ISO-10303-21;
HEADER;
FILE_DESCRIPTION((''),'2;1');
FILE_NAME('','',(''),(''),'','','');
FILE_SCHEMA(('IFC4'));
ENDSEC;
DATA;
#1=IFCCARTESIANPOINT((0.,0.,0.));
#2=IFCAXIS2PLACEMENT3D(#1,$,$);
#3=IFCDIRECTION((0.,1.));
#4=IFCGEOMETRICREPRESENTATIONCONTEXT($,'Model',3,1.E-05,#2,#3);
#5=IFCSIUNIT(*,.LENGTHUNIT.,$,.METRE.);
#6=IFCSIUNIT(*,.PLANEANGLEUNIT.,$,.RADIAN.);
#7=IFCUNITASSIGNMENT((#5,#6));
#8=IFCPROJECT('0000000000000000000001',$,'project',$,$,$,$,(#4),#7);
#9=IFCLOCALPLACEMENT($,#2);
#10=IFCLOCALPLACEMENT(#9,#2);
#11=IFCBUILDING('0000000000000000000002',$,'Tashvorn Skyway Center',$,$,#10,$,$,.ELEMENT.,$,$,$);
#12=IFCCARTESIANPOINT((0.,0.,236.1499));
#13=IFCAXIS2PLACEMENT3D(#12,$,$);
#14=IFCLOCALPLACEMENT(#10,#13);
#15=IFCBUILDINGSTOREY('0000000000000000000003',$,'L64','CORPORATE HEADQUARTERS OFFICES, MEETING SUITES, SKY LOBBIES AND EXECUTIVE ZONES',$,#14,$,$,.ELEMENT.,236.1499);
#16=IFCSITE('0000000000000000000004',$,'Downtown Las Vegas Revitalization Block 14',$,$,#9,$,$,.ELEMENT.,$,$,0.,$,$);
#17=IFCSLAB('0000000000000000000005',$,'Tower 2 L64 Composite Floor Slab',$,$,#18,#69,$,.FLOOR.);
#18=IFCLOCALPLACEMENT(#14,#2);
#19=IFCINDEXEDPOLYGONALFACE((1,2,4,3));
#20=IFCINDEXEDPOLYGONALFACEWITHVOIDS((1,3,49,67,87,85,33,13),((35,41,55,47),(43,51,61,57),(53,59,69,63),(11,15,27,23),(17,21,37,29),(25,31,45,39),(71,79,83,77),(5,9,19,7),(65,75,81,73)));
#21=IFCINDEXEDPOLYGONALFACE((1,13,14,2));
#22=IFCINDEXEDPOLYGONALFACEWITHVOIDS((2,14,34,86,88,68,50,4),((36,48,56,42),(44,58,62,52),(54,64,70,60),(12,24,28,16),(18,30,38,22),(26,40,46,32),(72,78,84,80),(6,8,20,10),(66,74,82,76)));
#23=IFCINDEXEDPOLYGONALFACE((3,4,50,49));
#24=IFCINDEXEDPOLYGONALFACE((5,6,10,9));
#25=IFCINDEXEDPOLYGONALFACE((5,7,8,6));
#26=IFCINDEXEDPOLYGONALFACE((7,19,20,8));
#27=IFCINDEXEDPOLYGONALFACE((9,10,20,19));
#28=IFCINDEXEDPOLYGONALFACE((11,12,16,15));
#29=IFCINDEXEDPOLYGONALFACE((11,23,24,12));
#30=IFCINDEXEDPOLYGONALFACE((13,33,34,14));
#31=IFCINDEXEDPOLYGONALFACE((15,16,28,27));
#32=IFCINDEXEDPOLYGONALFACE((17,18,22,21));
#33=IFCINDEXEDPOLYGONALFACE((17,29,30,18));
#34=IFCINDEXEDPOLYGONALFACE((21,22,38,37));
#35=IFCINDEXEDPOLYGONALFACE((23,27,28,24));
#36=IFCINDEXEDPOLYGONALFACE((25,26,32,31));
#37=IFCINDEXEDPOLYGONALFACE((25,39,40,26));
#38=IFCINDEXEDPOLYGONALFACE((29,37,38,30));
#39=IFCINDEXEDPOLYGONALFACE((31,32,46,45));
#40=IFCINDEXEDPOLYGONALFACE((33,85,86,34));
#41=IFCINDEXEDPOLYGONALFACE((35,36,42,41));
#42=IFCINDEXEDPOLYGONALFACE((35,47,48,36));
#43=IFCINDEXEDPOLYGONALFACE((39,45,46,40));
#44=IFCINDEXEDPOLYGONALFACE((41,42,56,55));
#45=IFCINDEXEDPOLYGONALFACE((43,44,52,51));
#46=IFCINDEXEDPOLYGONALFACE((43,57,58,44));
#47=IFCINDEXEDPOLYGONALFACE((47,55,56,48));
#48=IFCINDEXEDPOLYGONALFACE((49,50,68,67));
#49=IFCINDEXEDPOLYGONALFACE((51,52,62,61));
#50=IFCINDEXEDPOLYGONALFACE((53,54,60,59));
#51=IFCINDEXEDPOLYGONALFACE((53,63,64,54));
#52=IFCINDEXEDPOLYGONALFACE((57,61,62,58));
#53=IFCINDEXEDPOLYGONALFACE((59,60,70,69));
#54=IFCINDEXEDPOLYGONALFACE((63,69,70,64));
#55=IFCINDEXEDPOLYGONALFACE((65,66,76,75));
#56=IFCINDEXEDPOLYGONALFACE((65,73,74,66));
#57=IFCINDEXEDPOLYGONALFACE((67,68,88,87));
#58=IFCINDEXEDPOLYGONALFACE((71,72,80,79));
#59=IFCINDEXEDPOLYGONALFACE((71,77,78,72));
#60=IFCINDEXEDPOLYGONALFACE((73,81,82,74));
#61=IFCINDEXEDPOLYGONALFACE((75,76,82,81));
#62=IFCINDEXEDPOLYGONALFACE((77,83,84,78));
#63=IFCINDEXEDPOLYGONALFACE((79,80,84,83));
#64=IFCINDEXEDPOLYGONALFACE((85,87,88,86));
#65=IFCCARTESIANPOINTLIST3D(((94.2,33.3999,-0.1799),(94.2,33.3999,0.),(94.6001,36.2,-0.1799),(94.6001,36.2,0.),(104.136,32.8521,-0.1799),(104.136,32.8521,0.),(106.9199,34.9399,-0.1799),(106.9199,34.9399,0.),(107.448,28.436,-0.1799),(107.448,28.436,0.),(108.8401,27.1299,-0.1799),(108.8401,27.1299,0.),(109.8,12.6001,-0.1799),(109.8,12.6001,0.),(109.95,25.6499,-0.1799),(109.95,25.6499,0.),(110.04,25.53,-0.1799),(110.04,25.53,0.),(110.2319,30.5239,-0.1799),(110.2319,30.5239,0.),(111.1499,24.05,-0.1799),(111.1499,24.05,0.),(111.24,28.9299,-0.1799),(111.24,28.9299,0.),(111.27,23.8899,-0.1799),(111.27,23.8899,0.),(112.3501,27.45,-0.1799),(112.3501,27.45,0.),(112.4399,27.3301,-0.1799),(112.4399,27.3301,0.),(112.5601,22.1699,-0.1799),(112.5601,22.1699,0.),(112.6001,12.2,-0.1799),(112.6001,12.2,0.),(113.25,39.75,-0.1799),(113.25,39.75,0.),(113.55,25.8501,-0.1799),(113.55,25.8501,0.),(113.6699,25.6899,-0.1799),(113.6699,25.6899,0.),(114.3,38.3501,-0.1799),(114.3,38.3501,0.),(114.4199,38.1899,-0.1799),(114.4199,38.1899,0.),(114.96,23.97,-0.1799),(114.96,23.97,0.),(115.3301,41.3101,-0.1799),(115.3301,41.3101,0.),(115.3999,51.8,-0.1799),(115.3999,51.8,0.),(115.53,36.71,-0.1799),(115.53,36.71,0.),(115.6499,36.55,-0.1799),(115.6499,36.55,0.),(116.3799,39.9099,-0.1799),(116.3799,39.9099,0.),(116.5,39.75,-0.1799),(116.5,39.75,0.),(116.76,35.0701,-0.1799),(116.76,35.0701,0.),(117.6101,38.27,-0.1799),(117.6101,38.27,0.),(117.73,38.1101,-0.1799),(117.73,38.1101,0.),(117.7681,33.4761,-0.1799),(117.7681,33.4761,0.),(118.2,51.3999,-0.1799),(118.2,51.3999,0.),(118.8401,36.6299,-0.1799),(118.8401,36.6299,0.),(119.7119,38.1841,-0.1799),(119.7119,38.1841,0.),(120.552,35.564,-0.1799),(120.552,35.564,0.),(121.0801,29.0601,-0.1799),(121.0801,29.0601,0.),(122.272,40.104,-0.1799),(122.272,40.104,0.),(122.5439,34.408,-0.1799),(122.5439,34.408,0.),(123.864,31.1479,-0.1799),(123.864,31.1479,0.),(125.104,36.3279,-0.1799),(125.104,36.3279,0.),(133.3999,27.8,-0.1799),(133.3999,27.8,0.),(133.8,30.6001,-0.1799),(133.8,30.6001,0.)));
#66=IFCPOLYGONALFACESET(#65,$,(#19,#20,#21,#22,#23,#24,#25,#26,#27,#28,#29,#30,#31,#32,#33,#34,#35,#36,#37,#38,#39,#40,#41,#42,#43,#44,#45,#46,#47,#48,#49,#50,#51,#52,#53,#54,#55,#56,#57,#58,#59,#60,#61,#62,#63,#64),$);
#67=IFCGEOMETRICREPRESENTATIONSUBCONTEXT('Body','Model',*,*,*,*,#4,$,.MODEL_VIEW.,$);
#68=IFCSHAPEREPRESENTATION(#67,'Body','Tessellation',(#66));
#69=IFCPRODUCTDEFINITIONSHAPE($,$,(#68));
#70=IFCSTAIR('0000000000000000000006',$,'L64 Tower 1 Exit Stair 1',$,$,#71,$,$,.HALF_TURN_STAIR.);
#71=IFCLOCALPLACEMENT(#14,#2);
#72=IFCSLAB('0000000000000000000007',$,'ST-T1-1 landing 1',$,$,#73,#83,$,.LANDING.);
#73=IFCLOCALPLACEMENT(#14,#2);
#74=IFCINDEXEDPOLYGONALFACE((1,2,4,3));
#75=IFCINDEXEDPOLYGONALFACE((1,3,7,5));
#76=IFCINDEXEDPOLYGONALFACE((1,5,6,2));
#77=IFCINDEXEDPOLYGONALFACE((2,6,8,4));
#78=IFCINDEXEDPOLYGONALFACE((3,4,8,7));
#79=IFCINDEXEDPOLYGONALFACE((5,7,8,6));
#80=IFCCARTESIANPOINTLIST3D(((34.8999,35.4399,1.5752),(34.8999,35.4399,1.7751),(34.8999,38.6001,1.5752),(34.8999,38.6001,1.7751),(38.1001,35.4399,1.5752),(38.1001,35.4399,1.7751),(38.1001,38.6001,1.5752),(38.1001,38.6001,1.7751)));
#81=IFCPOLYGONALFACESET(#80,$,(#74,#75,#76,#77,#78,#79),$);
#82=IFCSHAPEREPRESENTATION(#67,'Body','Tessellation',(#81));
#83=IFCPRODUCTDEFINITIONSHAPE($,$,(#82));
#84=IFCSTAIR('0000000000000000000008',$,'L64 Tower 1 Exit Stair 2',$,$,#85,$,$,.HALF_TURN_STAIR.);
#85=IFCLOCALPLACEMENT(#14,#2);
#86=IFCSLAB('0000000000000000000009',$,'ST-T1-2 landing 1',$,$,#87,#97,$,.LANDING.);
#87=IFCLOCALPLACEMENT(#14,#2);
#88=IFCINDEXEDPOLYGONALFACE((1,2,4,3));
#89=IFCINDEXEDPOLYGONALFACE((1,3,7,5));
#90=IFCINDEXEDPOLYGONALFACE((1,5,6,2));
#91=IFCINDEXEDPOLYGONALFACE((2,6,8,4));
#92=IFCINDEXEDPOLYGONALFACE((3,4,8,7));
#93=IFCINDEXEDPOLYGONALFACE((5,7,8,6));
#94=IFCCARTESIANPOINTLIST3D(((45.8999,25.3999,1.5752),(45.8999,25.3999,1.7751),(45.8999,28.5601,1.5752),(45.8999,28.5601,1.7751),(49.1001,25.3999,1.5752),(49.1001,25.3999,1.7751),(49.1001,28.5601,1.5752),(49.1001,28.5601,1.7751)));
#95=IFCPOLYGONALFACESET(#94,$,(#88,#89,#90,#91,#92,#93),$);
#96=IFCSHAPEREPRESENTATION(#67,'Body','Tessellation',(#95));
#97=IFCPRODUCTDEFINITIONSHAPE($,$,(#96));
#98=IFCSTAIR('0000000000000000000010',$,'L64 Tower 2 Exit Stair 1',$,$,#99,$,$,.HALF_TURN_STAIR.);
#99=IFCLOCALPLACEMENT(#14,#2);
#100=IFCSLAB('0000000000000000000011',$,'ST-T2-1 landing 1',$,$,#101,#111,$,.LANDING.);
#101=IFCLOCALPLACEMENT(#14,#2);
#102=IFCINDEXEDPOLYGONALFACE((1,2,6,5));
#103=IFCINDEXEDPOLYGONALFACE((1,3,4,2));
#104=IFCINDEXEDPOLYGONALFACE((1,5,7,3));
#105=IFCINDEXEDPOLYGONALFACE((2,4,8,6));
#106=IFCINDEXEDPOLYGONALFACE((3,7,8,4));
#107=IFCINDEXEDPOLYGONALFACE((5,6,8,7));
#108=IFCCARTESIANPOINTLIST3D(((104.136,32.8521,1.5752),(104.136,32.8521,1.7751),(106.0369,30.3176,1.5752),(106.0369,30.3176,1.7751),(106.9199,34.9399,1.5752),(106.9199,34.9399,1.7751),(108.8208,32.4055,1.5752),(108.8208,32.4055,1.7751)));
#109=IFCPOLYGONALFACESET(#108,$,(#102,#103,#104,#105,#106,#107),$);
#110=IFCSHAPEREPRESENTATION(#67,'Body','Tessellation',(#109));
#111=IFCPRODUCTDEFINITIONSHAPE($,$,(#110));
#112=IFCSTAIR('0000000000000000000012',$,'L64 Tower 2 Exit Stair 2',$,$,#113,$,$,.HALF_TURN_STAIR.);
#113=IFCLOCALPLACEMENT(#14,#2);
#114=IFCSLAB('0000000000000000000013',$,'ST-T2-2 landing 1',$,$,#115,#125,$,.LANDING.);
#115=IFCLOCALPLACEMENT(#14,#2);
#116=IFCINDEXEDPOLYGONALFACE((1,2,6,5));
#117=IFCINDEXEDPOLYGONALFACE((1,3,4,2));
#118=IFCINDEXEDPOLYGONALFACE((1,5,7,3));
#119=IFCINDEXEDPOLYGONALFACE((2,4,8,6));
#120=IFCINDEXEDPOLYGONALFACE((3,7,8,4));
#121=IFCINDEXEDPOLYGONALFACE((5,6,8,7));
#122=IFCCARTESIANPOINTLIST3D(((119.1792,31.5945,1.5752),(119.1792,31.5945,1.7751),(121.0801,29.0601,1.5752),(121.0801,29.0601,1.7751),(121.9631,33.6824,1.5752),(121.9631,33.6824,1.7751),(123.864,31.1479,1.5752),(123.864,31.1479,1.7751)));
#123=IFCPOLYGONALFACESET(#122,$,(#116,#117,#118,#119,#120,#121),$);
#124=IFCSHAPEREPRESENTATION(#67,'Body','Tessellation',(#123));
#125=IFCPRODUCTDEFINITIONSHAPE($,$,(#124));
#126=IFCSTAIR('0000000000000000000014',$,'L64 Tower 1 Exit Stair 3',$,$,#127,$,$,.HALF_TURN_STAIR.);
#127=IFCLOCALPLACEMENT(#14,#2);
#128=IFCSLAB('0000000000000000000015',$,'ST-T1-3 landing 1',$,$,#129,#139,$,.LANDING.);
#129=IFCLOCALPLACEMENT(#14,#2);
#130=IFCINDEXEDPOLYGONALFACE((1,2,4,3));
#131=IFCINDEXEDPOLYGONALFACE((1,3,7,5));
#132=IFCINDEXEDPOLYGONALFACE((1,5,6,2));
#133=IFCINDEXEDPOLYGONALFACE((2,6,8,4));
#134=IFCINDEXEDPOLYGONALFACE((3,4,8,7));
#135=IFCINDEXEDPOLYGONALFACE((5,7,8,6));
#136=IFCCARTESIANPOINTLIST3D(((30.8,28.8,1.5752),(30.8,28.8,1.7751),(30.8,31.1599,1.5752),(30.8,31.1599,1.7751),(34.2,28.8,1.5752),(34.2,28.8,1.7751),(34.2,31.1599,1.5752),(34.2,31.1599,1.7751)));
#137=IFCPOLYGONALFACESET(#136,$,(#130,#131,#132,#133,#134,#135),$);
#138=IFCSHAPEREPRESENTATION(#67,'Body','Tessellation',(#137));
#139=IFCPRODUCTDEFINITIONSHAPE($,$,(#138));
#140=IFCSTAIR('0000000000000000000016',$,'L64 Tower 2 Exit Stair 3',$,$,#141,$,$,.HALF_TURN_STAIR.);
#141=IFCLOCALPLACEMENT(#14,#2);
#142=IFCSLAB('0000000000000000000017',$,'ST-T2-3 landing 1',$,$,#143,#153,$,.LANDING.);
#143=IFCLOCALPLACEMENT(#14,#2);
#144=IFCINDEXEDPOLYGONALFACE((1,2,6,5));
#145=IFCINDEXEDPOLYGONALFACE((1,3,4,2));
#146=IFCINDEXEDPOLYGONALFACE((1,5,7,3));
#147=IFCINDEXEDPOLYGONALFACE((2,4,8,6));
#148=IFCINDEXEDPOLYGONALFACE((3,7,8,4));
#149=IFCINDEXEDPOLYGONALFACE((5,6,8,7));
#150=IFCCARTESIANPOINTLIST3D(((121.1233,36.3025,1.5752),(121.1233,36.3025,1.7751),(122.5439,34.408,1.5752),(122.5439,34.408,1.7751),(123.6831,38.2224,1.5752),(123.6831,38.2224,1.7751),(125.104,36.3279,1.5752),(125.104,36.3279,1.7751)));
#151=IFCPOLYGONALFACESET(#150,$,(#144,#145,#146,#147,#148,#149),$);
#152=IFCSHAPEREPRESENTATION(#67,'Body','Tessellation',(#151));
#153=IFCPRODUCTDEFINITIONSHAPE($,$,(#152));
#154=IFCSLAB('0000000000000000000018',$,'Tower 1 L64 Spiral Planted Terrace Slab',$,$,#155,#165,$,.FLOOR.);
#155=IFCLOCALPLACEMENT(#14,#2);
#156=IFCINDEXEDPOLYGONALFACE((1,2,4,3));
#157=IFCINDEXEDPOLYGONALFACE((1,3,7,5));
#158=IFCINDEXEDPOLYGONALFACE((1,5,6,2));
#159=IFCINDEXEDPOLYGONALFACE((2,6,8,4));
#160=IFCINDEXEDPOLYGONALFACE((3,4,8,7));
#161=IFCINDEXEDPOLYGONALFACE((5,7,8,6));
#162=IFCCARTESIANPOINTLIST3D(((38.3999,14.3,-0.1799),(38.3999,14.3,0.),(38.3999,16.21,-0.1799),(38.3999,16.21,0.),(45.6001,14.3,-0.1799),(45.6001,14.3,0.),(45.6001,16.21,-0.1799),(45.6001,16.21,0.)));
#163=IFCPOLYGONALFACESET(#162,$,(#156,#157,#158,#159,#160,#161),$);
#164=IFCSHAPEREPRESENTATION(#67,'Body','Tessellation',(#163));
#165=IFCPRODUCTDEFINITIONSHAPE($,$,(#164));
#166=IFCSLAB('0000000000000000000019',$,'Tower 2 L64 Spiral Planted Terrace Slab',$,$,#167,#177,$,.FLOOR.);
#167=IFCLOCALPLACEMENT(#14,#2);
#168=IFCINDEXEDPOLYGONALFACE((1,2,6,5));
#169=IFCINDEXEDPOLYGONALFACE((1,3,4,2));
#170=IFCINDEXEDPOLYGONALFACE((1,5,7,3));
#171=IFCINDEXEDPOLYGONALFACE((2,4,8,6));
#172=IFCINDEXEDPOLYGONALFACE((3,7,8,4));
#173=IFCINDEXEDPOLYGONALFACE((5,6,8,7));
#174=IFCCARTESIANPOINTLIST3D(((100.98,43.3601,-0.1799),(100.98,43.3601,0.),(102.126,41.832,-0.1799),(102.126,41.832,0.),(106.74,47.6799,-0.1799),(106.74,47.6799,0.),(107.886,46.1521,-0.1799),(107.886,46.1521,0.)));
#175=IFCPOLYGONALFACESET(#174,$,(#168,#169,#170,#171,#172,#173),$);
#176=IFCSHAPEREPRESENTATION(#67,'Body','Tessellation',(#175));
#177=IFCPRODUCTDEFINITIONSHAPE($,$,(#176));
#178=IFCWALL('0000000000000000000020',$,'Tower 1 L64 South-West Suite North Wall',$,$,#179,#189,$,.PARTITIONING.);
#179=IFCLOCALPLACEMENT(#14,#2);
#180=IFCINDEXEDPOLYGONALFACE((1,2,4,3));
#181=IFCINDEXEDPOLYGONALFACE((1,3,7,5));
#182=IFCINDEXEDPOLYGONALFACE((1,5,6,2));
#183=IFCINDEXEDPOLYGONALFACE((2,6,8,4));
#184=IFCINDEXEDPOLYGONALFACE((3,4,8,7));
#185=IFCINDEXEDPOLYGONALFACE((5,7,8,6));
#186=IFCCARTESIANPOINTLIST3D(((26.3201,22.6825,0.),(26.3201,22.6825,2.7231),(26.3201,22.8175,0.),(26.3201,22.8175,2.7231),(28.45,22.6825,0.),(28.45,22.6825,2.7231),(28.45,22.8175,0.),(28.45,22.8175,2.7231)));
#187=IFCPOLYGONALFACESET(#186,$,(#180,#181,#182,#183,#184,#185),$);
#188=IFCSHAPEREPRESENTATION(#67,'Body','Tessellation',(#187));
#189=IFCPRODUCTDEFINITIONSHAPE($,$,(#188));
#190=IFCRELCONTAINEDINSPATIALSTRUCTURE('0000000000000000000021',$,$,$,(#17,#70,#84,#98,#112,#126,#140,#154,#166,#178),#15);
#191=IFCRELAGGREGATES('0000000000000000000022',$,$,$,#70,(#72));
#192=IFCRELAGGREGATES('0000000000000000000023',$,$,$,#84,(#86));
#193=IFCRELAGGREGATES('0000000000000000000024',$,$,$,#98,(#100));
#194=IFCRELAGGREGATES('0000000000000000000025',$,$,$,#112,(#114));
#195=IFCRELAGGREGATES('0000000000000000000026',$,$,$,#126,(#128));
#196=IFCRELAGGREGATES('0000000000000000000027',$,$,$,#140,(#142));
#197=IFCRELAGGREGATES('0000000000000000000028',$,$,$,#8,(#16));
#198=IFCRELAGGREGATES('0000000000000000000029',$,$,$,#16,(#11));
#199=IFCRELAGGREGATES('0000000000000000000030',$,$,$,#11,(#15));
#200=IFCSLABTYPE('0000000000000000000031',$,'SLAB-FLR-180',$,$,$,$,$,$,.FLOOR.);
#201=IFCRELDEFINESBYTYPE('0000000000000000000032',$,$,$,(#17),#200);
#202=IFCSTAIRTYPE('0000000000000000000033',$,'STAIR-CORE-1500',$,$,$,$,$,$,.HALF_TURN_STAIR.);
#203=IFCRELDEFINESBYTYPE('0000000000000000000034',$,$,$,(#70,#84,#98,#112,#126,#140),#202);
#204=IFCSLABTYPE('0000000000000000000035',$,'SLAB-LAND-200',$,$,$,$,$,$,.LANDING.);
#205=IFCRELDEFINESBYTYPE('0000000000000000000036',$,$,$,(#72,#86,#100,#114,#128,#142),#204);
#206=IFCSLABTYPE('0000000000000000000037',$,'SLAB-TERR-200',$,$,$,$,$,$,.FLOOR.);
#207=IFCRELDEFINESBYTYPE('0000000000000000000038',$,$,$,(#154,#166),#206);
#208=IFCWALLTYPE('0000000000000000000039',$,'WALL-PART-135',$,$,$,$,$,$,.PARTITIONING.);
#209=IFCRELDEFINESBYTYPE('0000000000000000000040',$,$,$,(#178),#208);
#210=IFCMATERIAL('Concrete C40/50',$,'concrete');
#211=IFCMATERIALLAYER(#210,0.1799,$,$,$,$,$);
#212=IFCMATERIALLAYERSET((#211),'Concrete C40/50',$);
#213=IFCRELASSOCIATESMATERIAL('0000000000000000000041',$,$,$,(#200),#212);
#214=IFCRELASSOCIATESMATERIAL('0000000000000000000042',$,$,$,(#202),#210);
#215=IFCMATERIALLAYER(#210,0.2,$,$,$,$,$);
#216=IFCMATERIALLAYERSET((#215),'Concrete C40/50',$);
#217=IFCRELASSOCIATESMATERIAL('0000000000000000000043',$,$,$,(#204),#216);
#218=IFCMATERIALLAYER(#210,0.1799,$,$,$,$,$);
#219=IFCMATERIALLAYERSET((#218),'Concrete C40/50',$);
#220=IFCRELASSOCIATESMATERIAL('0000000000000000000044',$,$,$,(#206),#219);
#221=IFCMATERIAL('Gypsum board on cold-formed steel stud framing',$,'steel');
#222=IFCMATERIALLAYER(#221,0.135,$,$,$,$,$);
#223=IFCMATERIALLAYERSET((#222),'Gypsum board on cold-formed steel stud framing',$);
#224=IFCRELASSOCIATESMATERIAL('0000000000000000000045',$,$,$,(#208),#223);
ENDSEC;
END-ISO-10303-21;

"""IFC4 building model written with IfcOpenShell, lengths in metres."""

from ifc_helpers import new_model, si_unit, direction, frame, frame_2d, origin, place, context, subcontext, project, spatial, polyline, rectangle, outline, extrude, material, layer, layer_set, type_object, element, aggregate, save


model = new_model("IFC4")

# Units and contexts
model_context = context("Model", 3, precision=1e-05, world=origin(), true_north=direction((0.0, 1.0)))
body_context = subcontext(model_context, "Body", "Model", "MODEL_VIEW")
ifc_project = project(units=[si_unit("LENGTHUNIT", "METRE"), si_unit("PLANEANGLEUNIT", "RADIAN")], contexts=[model_context])

# Site, building, storey
site_placement = place(None, origin())
site = spatial("IfcSite", under=ifc_project, at=site_placement, Name="Downtown Las Vegas Revitalization Block 14", CompositionType="ELEMENT", RefElevation=0.0)
building_placement = place(site_placement, origin())
building = spatial("IfcBuilding", under=site, at=building_placement, Name="Tashvorn Skyway Center", CompositionType="ELEMENT")
storey_placement = place(building_placement, frame((0.0, 0.0, 236.1499)))
storey = spatial("IfcBuildingStorey", under=building, at=storey_placement, Name="L64", Description="CORPORATE HEADQUARTERS OFFICES, MEETING SUITES, SKY LOBBIES AND EXECUTIVE ZONES", CompositionType="ELEMENT", Elevation=236.1499)

# Slab
ifc_material_1 = material(Name="Concrete C40/50", Category="concrete")
ifc_layer_1 = layer(ifc_material_1, 0.1799)
ifc_layer_set_1 = layer_set([ifc_layer_1], Name="Concrete C40/50")
slab_type_1 = type_object("IfcSlabType", Name="SLAB-FLR-180", PredefinedType="FLOOR", material=ifc_layer_set_1)
slab_1_placement = place(storey_placement, frame((0.0, 0.0, -0.1799)))
element("IfcSlab", 1, at=slab_1_placement, inside=storey, type_object=slab_type_1, Name="Tower 2 L64 Composite Floor Slab", PredefinedType="FLOOR", context=body_context, shape_type="SweptSolid", body=[
    extrude(outline(polyline([(112.6001, 12.2), (133.3999, 27.8), (133.8, 30.6001), (118.2, 51.3999), (115.3999, 51.8), (94.6001, 36.2), (94.2, 33.3999), (109.8, 12.6001), (112.6001, 12.2)]), holes=[polyline([(110.2319, 30.5239), (106.9199, 34.9399), (104.136, 32.8521), (107.448, 28.436), (110.2319, 30.5239)]), polyline([(117.7681, 33.4761), (121.0801, 29.0601), (123.864, 31.1479), (120.552, 35.564), (117.7681, 33.4761)]), polyline([(119.7119, 38.1841), (122.5439, 34.408), (125.104, 36.3279), (122.272, 40.104), (119.7119, 38.1841)]), polyline([(109.95, 25.6499), (112.3501, 27.45), (111.24, 28.9299), (108.8401, 27.1299), (109.95, 25.6499)]), polyline([(111.1499, 24.05), (113.55, 25.8501), (112.4399, 27.3301), (110.04, 25.53), (111.1499, 24.05)]), polyline([(112.5601, 22.1699), (114.96, 23.97), (113.6699, 25.6899), (111.27, 23.8899), (112.5601, 22.1699)]), polyline([(116.76, 35.0701), (118.8401, 36.6299), (117.73, 38.1101), (115.6499, 36.55), (116.76, 35.0701)]), polyline([(115.53, 36.71), (117.6101, 38.27), (116.5, 39.75), (114.4199, 38.1899), (115.53, 36.71)]), polyline([(114.3, 38.3501), (116.3799, 39.9099), (115.3301, 41.3101), (113.25, 39.75), (114.3, 38.3501)])]), origin(), (0.0, 0.0, 1.0), 0.1799),
])

# Stairs, slabs
stair_type = type_object("IfcStairType", Name="STAIR-CORE-1500", PredefinedType="HALF_TURN_STAIR", material=ifc_material_1)
stair_1_placement = place(storey_placement, origin())
stair_1 = element("IfcStair", 2, at=stair_1_placement, inside=storey, type_object=stair_type, Name="L64 Tower 1 Exit Stair 1", PredefinedType="HALF_TURN_STAIR")
ifc_layer_2 = layer(ifc_material_1, 0.2)
ifc_layer_set_2 = layer_set([ifc_layer_2], Name="Concrete C40/50")
slab_type_2 = type_object("IfcSlabType", Name="SLAB-LAND-200", PredefinedType="LANDING", material=ifc_layer_set_2)
slab_2_placement = place(storey_placement, frame((0.0, 0.0, 1.5752)))
slab_2 = element("IfcSlab", 3, at=slab_2_placement, type_object=slab_type_2, Name="ST-T1-1 landing 1", PredefinedType="LANDING", context=body_context, shape_type="SweptSolid", body=[
    extrude(outline(polyline([(38.1001, 35.4399), (38.1001, 38.6001), (34.8999, 38.6001), (34.8999, 35.4399), (38.1001, 35.4399)])), origin(), (0.0, 0.0, 1.0), 0.2),
])
aggregate(stair_1, [slab_2])
stair_2_placement = place(storey_placement, origin())
stair_2 = element("IfcStair", 4, at=stair_2_placement, inside=storey, type_object=stair_type, Name="L64 Tower 1 Exit Stair 2", PredefinedType="HALF_TURN_STAIR")
slab_3_placement = place(storey_placement, frame((0.0, 0.0, 1.5752)))
slab_3 = element("IfcSlab", 5, at=slab_3_placement, type_object=slab_type_2, Name="ST-T1-2 landing 1", PredefinedType="LANDING", context=body_context, shape_type="SweptSolid", body=[
    extrude(outline(polyline([(45.8999, 28.5601), (45.8999, 25.3999), (49.1001, 25.3999), (49.1001, 28.5601), (45.8999, 28.5601)])), origin(), (0.0, 0.0, 1.0), 0.2),
])
aggregate(stair_2, [slab_3])
stair_3_placement = place(storey_placement, origin())
stair_3 = element("IfcStair", 6, at=stair_3_placement, inside=storey, type_object=stair_type, Name="L64 Tower 2 Exit Stair 1", PredefinedType="HALF_TURN_STAIR")
slab_4_placement = place(storey_placement, frame((0.0, 0.0, 1.5752)))
slab_4 = element("IfcSlab", 7, at=slab_4_placement, type_object=slab_type_2, Name="ST-T2-1 landing 1", PredefinedType="LANDING", context=body_context, shape_type="SweptSolid", body=[
    extrude(outline(polyline([(108.8208, 32.4055), (106.9199, 34.9399), (104.136, 32.8521), (106.0369, 30.3176), (108.8208, 32.4055)])), origin(), (0.0, 0.0, 1.0), 0.2),
])
aggregate(stair_3, [slab_4])
stair_4_placement = place(storey_placement, origin())
stair_4 = element("IfcStair", 8, at=stair_4_placement, inside=storey, type_object=stair_type, Name="L64 Tower 2 Exit Stair 2", PredefinedType="HALF_TURN_STAIR")
slab_5_placement = place(storey_placement, frame((0.0, 0.0, 1.5752)))
slab_5 = element("IfcSlab", 9, at=slab_5_placement, type_object=slab_type_2, Name="ST-T2-2 landing 1", PredefinedType="LANDING", context=body_context, shape_type="SweptSolid", body=[
    extrude(outline(polyline([(119.1792, 31.5945), (121.0801, 29.0601), (123.864, 31.1479), (121.9631, 33.6824), (119.1792, 31.5945)])), origin(), (0.0, 0.0, 1.0), 0.2),
])
aggregate(stair_4, [slab_5])
stair_5_placement = place(storey_placement, origin())
stair_5 = element("IfcStair", 10, at=stair_5_placement, inside=storey, type_object=stair_type, Name="L64 Tower 1 Exit Stair 3", PredefinedType="HALF_TURN_STAIR")
slab_6_placement = place(storey_placement, frame((0.0, 0.0, 1.5752)))
slab_6 = element("IfcSlab", 11, at=slab_6_placement, type_object=slab_type_2, Name="ST-T1-3 landing 1", PredefinedType="LANDING", context=body_context, shape_type="SweptSolid", body=[
    extrude(outline(polyline([(30.8, 31.1599), (30.8, 28.8), (34.2, 28.8), (34.2, 31.1599), (30.8, 31.1599)])), origin(), (0.0, 0.0, 1.0), 0.2),
])
aggregate(stair_5, [slab_6])
stair_6_placement = place(storey_placement, origin())
stair_6 = element("IfcStair", 12, at=stair_6_placement, inside=storey, type_object=stair_type, Name="L64 Tower 2 Exit Stair 3", PredefinedType="HALF_TURN_STAIR")
slab_7_placement = place(storey_placement, frame((0.0, 0.0, 1.5752)))
slab_7 = element("IfcSlab", 13, at=slab_7_placement, type_object=slab_type_2, Name="ST-T2-3 landing 1", PredefinedType="LANDING", context=body_context, shape_type="SweptSolid", body=[
    extrude(outline(polyline([(121.1233, 36.3025), (122.5439, 34.408), (125.104, 36.3279), (123.6831, 38.2224), (121.1233, 36.3025)])), origin(), (0.0, 0.0, 1.0), 0.2),
])
aggregate(stair_6, [slab_7])

# Slabs
ifc_layer_3 = layer(ifc_material_1, 0.1799)
ifc_layer_set_3 = layer_set([ifc_layer_3], Name="Concrete C40/50")
slab_type_3 = type_object("IfcSlabType", Name="SLAB-TERR-200", PredefinedType="FLOOR", material=ifc_layer_set_3)
slab_8_placement = place(storey_placement, frame((0.0, 0.0, -0.1799)))
element("IfcSlab", 14, at=slab_8_placement, inside=storey, type_object=slab_type_3, Name="Tower 1 L64 Spiral Planted Terrace Slab", PredefinedType="FLOOR", context=body_context, shape_type="SweptSolid", body=[
    extrude(outline(polyline([(38.3999, 14.3), (45.6001, 14.3), (45.6001, 16.21), (38.3999, 16.21), (38.3999, 14.3)])), origin(), (0.0, 0.0, 1.0), 0.1799),
])
slab_9_placement = place(storey_placement, frame((0.0, 0.0, -0.1799)))
element("IfcSlab", 15, at=slab_9_placement, inside=storey, type_object=slab_type_3, Name="Tower 2 L64 Spiral Planted Terrace Slab", PredefinedType="FLOOR", context=body_context, shape_type="SweptSolid", body=[
    extrude(outline(polyline([(102.126, 41.832), (107.886, 46.1521), (106.74, 47.6799), (100.98, 43.3601), (102.126, 41.832)])), origin(), (0.0, 0.0, 1.0), 0.1799),
])

# Wall
ifc_material_2 = material(Name="Gypsum board on cold-formed steel stud framing", Category="steel")
ifc_layer_4 = layer(ifc_material_2, 0.135)
ifc_layer_set_4 = layer_set([ifc_layer_4], Name="Gypsum board on cold-formed steel stud framing")
wall_type = type_object("IfcWallType", Name="WALL-PART-135", PredefinedType="PARTITIONING", material=ifc_layer_set_4)
wall_placement = place(storey_placement, frame((26.3201, 22.75, 0.0), z_axis=(0.0, 0.0, 1.0), x_axis=(1.0, 0.0, 0.0)))
element("IfcWall", 16, at=wall_placement, inside=storey, type_object=wall_type, Name="Tower 1 L64 South-West Suite North Wall", PredefinedType="PARTITIONING", context=body_context, shape_type="SweptSolid", body=[
    extrude(rectangle(XDim=2.1299, YDim=0.135, at=frame_2d((1.0649, 0.0))), origin(), (0.0, 0.0, 1.0), 2.7231),
])

save(model, "model.ifc")
